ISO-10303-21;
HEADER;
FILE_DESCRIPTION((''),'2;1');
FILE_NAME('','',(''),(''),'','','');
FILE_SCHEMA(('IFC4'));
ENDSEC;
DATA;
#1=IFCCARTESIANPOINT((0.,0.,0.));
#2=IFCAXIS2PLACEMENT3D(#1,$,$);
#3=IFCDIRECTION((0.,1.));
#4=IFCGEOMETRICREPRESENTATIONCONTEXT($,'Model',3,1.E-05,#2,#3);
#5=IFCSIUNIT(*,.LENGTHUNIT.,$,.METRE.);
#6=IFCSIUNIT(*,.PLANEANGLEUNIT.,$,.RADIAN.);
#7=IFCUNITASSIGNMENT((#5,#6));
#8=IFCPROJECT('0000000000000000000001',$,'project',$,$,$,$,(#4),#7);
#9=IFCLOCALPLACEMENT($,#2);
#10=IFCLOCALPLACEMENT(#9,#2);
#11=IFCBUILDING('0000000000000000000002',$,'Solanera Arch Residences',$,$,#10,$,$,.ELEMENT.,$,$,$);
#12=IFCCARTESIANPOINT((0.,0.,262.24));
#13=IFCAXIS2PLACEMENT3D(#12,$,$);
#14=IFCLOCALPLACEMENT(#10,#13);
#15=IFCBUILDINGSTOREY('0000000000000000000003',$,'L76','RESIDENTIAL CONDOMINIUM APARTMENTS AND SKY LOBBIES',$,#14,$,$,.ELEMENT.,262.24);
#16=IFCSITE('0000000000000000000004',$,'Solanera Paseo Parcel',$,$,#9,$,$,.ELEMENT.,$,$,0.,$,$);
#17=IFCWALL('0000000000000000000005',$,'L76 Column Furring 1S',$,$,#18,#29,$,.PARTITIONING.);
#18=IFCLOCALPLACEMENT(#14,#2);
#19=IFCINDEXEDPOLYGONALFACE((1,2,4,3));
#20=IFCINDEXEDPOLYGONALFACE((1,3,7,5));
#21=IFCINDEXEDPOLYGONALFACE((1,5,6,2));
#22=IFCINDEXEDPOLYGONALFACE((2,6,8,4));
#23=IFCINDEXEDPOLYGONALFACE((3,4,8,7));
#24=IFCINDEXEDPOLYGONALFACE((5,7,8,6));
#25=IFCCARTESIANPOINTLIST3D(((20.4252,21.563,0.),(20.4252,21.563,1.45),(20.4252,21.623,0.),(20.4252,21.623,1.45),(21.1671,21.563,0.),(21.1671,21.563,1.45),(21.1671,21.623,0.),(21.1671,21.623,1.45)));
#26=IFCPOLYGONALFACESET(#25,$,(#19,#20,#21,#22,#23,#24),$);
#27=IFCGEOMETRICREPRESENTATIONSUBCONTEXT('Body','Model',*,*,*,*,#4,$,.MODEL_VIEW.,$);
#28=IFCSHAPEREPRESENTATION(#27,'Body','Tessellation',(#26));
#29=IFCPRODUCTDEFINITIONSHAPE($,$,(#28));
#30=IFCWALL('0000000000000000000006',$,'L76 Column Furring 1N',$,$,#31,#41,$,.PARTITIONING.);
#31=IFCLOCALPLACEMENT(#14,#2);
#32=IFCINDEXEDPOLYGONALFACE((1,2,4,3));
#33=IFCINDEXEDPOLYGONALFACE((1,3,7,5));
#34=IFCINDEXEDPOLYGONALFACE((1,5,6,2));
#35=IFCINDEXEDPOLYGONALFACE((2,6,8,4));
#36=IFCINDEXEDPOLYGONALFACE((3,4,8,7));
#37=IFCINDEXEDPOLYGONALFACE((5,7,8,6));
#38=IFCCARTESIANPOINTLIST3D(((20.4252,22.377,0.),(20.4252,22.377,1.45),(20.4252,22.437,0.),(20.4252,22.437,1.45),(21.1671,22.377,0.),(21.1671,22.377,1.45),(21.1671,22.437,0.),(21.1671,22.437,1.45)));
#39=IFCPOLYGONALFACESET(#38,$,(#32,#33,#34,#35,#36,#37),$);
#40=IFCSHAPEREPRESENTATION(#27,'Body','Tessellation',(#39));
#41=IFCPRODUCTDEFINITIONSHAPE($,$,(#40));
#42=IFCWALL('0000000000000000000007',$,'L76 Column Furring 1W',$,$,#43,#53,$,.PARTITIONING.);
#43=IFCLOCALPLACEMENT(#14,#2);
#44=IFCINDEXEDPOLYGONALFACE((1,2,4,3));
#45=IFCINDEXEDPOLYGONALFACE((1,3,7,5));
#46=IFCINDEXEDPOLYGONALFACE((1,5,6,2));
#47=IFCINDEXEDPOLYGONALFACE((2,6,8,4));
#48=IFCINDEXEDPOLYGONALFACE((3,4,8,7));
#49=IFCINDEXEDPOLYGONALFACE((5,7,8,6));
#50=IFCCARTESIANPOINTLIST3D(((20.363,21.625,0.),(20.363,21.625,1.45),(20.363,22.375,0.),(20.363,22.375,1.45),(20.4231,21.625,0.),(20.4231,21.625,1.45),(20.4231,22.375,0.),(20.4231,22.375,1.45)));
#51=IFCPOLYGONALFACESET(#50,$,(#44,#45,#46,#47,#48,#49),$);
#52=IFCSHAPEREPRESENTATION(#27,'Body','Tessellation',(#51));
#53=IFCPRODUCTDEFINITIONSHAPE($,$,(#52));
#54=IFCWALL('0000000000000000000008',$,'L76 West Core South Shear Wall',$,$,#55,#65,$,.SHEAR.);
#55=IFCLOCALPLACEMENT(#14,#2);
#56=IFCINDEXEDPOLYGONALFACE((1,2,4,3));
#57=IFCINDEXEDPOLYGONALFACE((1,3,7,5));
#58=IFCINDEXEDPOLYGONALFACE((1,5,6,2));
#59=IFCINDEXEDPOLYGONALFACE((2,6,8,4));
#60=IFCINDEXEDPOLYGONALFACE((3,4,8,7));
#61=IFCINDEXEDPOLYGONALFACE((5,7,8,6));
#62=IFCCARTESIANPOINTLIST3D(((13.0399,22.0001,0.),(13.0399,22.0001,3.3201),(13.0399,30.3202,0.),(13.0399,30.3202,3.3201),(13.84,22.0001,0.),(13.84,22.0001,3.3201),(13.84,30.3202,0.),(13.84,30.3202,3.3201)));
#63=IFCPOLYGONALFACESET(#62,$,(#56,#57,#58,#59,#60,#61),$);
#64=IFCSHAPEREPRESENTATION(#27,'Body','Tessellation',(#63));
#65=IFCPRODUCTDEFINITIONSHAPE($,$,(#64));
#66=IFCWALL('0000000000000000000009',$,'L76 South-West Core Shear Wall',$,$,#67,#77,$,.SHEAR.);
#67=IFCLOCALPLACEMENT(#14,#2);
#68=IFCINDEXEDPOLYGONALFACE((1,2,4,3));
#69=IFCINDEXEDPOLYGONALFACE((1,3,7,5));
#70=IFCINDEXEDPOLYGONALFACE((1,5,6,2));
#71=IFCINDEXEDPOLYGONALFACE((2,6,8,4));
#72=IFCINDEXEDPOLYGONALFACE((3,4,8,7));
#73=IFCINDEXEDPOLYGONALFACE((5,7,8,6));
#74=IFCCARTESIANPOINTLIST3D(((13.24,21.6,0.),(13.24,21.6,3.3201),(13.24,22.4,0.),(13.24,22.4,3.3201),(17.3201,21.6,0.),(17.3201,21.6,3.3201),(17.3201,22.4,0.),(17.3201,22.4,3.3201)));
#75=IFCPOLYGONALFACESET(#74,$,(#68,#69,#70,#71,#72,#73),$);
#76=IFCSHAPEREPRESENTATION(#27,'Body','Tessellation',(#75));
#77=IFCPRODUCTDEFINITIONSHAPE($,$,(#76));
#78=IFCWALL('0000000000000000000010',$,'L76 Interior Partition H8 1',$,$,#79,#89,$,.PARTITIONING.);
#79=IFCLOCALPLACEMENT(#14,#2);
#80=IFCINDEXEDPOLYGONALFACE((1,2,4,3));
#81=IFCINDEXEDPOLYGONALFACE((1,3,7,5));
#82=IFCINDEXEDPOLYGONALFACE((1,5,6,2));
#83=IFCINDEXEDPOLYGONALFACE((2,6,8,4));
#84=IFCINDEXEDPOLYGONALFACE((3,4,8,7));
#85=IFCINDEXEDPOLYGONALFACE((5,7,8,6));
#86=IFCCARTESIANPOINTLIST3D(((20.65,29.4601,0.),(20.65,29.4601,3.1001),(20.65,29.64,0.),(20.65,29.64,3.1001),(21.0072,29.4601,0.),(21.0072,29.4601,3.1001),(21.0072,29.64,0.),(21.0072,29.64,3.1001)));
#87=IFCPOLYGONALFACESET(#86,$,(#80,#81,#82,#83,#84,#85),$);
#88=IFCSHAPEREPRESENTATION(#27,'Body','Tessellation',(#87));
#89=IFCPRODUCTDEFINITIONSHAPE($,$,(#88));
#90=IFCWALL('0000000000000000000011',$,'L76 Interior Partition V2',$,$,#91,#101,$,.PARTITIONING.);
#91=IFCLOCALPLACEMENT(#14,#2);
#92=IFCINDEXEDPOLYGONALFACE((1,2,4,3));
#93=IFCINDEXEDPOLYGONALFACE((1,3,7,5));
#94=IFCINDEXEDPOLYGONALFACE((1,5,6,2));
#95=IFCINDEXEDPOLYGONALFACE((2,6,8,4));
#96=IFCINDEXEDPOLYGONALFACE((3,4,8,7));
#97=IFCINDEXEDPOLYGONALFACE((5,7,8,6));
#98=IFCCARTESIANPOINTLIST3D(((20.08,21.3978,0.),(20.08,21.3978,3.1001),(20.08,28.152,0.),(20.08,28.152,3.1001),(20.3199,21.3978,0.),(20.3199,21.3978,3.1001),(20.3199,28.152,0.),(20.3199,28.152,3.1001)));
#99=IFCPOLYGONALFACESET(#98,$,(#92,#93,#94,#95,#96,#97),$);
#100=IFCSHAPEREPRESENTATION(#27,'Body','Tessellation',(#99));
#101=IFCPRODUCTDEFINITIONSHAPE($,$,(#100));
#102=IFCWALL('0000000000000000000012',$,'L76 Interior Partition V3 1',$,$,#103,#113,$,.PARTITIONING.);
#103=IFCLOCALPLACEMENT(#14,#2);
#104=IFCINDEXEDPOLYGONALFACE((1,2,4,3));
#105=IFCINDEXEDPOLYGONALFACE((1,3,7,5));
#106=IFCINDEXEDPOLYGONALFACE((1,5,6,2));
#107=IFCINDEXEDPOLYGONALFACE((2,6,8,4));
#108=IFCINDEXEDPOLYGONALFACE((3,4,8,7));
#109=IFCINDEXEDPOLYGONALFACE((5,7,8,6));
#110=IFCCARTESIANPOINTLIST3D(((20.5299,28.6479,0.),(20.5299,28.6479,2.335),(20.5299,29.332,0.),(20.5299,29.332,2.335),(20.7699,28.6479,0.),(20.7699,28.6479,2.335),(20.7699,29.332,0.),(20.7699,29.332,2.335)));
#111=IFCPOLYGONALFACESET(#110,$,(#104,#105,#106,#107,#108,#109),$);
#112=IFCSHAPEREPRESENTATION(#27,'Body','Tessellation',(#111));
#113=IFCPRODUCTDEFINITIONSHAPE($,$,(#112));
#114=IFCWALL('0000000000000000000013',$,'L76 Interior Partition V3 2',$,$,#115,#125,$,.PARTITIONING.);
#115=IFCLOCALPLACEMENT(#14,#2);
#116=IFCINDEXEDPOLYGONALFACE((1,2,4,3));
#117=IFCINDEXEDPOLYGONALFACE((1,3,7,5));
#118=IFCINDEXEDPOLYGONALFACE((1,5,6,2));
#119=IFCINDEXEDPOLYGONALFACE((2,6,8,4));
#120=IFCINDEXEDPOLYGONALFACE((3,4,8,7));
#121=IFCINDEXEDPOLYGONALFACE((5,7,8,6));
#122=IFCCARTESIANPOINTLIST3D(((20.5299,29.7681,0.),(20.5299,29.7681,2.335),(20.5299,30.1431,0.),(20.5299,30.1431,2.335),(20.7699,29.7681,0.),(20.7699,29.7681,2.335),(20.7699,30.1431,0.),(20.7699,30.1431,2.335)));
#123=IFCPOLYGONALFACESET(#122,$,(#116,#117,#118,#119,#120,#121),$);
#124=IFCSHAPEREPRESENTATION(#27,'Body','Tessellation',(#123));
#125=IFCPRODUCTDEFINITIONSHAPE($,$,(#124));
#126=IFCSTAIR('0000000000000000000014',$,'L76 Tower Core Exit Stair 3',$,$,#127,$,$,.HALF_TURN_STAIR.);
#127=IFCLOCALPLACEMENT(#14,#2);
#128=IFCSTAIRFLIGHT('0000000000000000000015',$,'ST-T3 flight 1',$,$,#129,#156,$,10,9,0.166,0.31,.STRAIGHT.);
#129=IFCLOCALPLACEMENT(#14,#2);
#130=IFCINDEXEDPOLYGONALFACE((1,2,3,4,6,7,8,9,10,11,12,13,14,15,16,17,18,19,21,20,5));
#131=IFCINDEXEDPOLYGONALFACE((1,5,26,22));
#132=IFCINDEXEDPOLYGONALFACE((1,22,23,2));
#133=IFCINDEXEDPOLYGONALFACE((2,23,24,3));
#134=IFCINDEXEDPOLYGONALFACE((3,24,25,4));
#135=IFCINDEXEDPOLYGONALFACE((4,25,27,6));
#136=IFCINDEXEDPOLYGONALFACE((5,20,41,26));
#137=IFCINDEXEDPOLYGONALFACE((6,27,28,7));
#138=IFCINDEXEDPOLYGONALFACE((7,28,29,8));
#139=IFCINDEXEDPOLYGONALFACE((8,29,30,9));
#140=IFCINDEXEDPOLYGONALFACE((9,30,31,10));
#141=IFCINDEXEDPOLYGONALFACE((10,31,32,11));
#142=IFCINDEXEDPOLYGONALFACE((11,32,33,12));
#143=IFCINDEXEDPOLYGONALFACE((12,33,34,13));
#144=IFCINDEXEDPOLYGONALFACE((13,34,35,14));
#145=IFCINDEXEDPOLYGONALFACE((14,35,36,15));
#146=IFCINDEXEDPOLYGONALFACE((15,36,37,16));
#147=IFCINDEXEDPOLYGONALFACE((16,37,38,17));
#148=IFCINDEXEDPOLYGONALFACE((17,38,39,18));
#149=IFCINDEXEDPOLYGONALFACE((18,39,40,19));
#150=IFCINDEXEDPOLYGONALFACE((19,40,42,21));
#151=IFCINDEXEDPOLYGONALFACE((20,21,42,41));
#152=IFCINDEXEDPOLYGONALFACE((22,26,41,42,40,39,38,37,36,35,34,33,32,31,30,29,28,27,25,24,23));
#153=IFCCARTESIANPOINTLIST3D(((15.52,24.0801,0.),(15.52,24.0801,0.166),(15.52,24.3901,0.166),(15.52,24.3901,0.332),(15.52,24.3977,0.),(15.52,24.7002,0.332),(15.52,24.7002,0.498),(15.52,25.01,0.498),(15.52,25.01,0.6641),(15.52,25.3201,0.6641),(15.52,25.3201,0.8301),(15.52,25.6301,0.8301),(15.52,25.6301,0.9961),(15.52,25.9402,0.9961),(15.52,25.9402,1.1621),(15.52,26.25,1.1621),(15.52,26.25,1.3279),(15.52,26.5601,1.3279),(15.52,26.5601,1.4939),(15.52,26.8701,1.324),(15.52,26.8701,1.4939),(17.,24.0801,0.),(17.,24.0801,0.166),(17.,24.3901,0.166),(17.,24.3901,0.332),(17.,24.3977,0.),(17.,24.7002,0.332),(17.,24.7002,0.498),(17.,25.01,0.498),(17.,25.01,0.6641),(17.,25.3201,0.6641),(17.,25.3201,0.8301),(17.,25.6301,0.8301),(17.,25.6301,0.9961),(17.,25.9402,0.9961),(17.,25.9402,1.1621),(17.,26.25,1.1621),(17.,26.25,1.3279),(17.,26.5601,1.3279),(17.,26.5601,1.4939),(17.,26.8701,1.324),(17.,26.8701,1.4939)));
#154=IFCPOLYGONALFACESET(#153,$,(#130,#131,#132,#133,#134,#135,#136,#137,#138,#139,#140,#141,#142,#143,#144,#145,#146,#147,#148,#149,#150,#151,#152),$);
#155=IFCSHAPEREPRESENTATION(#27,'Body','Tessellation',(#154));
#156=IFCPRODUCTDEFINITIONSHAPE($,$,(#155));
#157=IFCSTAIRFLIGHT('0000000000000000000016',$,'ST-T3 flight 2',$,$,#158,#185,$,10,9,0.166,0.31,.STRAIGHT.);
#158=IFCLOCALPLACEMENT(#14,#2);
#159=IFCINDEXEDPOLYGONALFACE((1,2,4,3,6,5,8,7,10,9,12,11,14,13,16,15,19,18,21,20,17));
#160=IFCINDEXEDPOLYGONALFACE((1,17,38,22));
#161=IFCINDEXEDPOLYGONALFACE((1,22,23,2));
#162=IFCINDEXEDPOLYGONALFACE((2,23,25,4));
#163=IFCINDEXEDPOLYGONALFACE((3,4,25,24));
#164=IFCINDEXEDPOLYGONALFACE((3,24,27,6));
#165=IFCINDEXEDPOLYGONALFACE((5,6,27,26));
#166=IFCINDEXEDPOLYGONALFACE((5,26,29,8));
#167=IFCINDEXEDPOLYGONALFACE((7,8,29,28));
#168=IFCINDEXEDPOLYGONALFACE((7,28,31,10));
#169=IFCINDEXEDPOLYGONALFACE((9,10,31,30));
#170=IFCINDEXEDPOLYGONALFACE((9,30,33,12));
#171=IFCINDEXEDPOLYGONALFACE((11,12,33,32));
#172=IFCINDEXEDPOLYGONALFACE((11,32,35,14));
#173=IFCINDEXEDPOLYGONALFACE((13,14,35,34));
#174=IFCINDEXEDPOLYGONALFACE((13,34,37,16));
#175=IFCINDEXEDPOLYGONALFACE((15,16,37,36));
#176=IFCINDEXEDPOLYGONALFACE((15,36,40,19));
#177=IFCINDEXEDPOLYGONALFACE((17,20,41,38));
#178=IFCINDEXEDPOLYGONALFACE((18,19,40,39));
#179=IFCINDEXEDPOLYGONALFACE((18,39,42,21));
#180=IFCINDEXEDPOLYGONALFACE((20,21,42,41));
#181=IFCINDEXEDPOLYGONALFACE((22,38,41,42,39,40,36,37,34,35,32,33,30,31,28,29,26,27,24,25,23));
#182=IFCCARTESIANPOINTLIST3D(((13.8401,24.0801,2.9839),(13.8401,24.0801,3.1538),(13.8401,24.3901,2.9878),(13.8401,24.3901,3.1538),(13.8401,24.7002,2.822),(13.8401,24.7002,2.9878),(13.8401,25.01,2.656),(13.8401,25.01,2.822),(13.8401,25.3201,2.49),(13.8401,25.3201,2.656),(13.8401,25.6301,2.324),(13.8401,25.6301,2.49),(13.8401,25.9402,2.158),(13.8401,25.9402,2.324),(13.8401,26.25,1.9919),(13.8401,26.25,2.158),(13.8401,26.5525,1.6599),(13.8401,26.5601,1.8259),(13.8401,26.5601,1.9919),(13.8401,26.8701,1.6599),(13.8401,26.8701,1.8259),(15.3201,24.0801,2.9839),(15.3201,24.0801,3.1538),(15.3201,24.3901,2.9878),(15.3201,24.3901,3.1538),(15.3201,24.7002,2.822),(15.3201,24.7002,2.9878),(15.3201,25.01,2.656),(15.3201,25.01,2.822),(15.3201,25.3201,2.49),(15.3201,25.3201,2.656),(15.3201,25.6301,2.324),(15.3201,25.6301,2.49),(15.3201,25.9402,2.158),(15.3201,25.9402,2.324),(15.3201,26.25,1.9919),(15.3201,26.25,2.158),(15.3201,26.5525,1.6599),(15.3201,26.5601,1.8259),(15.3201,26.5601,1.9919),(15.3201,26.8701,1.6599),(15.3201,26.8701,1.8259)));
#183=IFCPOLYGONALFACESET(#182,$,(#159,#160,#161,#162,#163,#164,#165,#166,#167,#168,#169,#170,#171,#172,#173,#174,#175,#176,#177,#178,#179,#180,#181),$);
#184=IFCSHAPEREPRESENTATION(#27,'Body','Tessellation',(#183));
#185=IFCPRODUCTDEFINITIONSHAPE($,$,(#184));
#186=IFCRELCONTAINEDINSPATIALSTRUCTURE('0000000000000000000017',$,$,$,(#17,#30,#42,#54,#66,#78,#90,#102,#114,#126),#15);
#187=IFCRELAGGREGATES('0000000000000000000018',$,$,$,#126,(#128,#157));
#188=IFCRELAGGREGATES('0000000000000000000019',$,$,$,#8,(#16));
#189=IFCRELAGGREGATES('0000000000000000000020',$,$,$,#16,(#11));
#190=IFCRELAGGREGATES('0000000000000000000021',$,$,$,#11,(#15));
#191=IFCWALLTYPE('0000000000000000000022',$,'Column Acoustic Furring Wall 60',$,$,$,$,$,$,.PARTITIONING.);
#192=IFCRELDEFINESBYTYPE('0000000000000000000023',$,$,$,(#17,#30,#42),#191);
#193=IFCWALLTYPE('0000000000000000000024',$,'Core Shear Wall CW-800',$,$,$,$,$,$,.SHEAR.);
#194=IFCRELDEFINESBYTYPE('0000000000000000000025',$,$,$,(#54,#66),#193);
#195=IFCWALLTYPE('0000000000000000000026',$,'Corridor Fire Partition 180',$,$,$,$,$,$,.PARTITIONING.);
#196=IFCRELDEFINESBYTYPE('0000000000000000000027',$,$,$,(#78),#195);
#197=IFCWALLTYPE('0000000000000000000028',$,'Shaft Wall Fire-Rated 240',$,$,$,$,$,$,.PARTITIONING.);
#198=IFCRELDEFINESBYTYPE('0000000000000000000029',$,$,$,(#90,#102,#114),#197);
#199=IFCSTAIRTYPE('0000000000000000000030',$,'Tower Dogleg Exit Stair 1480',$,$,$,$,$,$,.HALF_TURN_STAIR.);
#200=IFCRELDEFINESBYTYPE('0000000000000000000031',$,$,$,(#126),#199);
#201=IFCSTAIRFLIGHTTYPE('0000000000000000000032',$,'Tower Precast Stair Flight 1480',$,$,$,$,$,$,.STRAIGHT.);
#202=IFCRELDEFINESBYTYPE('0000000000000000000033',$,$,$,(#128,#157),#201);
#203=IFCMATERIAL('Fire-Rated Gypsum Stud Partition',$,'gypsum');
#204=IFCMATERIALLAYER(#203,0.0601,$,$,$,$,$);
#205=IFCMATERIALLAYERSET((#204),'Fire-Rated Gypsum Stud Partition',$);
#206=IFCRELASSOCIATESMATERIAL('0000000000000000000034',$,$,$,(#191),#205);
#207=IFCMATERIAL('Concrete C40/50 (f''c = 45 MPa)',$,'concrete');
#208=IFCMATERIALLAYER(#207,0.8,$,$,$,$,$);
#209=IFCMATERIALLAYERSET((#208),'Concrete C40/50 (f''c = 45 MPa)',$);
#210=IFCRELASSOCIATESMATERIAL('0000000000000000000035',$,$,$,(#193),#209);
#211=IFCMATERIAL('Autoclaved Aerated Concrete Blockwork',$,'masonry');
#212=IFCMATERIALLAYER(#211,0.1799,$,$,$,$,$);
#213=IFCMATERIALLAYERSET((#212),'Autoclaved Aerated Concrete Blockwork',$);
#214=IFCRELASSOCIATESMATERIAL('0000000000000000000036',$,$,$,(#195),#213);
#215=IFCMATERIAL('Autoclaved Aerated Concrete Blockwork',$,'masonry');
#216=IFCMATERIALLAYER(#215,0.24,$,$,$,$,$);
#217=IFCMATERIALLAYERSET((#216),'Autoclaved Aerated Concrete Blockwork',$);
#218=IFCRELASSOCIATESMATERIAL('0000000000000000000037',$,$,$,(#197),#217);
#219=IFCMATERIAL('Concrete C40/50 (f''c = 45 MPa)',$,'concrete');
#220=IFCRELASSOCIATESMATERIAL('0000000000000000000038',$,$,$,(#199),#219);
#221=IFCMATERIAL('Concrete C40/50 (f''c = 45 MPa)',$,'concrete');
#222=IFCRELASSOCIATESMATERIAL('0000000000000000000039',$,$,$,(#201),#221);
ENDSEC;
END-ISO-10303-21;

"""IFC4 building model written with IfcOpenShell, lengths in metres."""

from ifc_helpers import new_model, si_unit, direction, frame, frame_2d, origin, place, context, subcontext, project, spatial, polyline, rectangle, outline, extrude, material, layer, layer_set, type_object, element, aggregate, save


model = new_model("IFC4")

# Units and contexts
model_context = context("Model", 3, precision=1e-05, world=origin(), true_north=direction((0.0, 1.0)))
body_context = subcontext(model_context, "Body", "Model", "MODEL_VIEW")
ifc_project = project(units=[si_unit("LENGTHUNIT", "METRE"), si_unit("PLANEANGLEUNIT", "RADIAN")], contexts=[model_context])

# Site, building, storey
site_placement = place(None, origin())
site = spatial("IfcSite", under=ifc_project, at=site_placement, Name="Solanera Paseo Parcel", CompositionType="ELEMENT", RefElevation=0.0)
building_placement = place(site_placement, origin())
building = spatial("IfcBuilding", under=site, at=building_placement, Name="Solanera Arch Residences", CompositionType="ELEMENT")
storey_placement = place(building_placement, frame((0.0, 0.0, 262.24)))
storey = spatial("IfcBuildingStorey", under=building, at=storey_placement, Name="L76", Description="RESIDENTIAL CONDOMINIUM APARTMENTS AND SKY LOBBIES", CompositionType="ELEMENT", Elevation=262.24)

# Walls
ifc_material_1 = material(Name="Fire-Rated Gypsum Stud Partition", Category="gypsum")
ifc_layer_1 = layer(ifc_material_1, 0.0601)
ifc_layer_set_1 = layer_set([ifc_layer_1], Name="Fire-Rated Gypsum Stud Partition")
wall_type_1 = type_object("IfcWallType", Name="Column Acoustic Furring Wall 60", PredefinedType="PARTITIONING", material=ifc_layer_set_1)
for number, where, z_axis, x_axis, name in (
    (1, (20.425, 21.593, 0.0), (0.0, 0.0, 1.0), (1.0, 0.0, 0.0), "L76 Column Furring 1S"),
    (2, (20.425, 22.407, 0.0), (0.0, 0.0, 1.0), (1.0, 0.0, 0.0), "L76 Column Furring 1N"),
):
    element("IfcWall", number, at=place(storey_placement, frame(where, z_axis=z_axis, x_axis=x_axis)), inside=storey, type_object=wall_type_1, Name=name, PredefinedType="PARTITIONING", context=body_context, shape_type="SweptSolid", body=[
        extrude(rectangle(XDim=0.7419, YDim=0.0601, at=frame_2d((0.3711, 0.0))), origin(), (0.0, 0.0, 1.0), 1.45),
    ])
wall_1_placement = place(storey_placement, frame((20.3931, 21.625, 0.0), z_axis=(0.0, 0.0, 1.0), x_axis=(0.0, 1.0, 0.0)))
element("IfcWall", 3, at=wall_1_placement, inside=storey, type_object=wall_type_1, Name="L76 Column Furring 1W", PredefinedType="PARTITIONING", context=body_context, shape_type="SweptSolid", body=[
    extrude(rectangle(XDim=0.75, YDim=0.0601, at=frame_2d((0.375, 0.0))), origin(), (0.0, 0.0, 1.0), 1.45),
])

# Walls
ifc_material_2 = material(Name="Concrete C40/50 (f'c = 45 MPa)", Category="concrete")
ifc_layer_2 = layer(ifc_material_2, 0.8)
ifc_layer_set_2 = layer_set([ifc_layer_2], Name="Concrete C40/50 (f'c = 45 MPa)")
wall_type_2 = type_object("IfcWallType", Name="Core Shear Wall CW-800", PredefinedType="SHEAR", material=ifc_layer_set_2)
wall_2_placement = place(storey_placement, frame((13.4399, 22.0, 0.0), z_axis=(0.0, 0.0, 1.0), x_axis=(0.0, 1.0, 0.0)))
element("IfcWall", 4, at=wall_2_placement, inside=storey, type_object=wall_type_2, Name="L76 West Core South Shear Wall", PredefinedType="SHEAR", context=body_context, shape_type="SweptSolid", body=[
    extrude(rectangle(XDim=8.3201, YDim=0.8, at=frame_2d((4.1602, 0.0))), origin(), (0.0, 0.0, 1.0), 3.3201),
])
wall_3_placement = place(storey_placement, frame((13.24, 22.0, 0.0), z_axis=(0.0, 0.0, 1.0), x_axis=(1.0, 0.0, 0.0)))
element("IfcWall", 5, at=wall_3_placement, inside=storey, type_object=wall_type_2, Name="L76 South-West Core Shear Wall", PredefinedType="SHEAR", context=body_context, shape_type="SweptSolid", body=[
    extrude(rectangle(XDim=4.0801, YDim=0.8, at=frame_2d((2.04, 0.0))), origin(), (0.0, 0.0, 1.0), 3.3201),
])
ifc_material_3 = material(Name="Autoclaved Aerated Concrete Blockwork", Category="masonry")
ifc_layer_3 = layer(ifc_material_3, 0.1799)
ifc_layer_set_3 = layer_set([ifc_layer_3], Name="Autoclaved Aerated Concrete Blockwork")
wall_type_3 = type_object("IfcWallType", Name="Corridor Fire Partition 180", PredefinedType="PARTITIONING", material=ifc_layer_set_3)
wall_4_placement = place(storey_placement, frame((20.6499, 29.55, 0.0), z_axis=(0.0, 0.0, 1.0), x_axis=(1.0, 0.0, 0.0)))
element("IfcWall", 6, at=wall_4_placement, inside=storey, type_object=wall_type_3, Name="L76 Interior Partition H8 1", PredefinedType="PARTITIONING", context=body_context, shape_type="SweptSolid", body=[
    extrude(rectangle(XDim=0.3572, YDim=0.1799, at=frame_2d((0.1787, 0.0))), origin(), (0.0, 0.0, 1.0), 3.1001),
])

# Shared definitions
ifc_material_4 = material(Name="Autoclaved Aerated Concrete Blockwork", Category="masonry")
ifc_layer_4 = layer(ifc_material_4, 0.24)
ifc_layer_set_4 = layer_set([ifc_layer_4], Name="Autoclaved Aerated Concrete Blockwork")
wall_type_4 = type_object("IfcWallType", Name="Shaft Wall Fire-Rated 240", PredefinedType="PARTITIONING", material=ifc_layer_set_4)

# Walls
wall_5_placement = place(storey_placement, frame((20.2, 21.3979, 0.0), z_axis=(0.0, 0.0, 1.0), x_axis=(0.0, 1.0, 0.0)))
element("IfcWall", 7, at=wall_5_placement, inside=storey, type_object=wall_type_4, Name="L76 Interior Partition V2", PredefinedType="PARTITIONING", context=body_context, shape_type="SweptSolid", body=[
    extrude(rectangle(XDim=6.7542, YDim=0.24, at=frame_2d((3.377, 0.0))), origin(), (0.0, 0.0, 1.0), 3.1001),
])
wall_6_placement = place(storey_placement, frame((20.6499, 28.6479, 0.0), z_axis=(0.0, 0.0, 1.0), x_axis=(0.0, 1.0, 0.0)))
element("IfcWall", 8, at=wall_6_placement, inside=storey, type_object=wall_type_4, Name="L76 Interior Partition V3 1", PredefinedType="PARTITIONING", context=body_context, shape_type="SweptSolid", body=[
    extrude(rectangle(XDim=0.6841, YDim=0.24, at=frame_2d((0.342, 0.0))), origin(), (0.0, 0.0, 1.0), 2.335),
])
wall_7_placement = place(storey_placement, frame((20.6499, 29.7681, 0.0), z_axis=(0.0, 0.0, 1.0), x_axis=(0.0, 1.0, 0.0)))
element("IfcWall", 9, at=wall_7_placement, inside=storey, type_object=wall_type_4, Name="L76 Interior Partition V3 2", PredefinedType="PARTITIONING", context=body_context, shape_type="SweptSolid", body=[
    extrude(rectangle(XDim=0.375, YDim=0.24, at=frame_2d((0.1875, 0.0))), origin(), (0.0, 0.0, 1.0), 2.335),
])

# Stair, stair flights
ifc_material_5 = material(Name="Concrete C40/50 (f'c = 45 MPa)", Category="concrete")
stair_type = type_object("IfcStairType", Name="Tower Dogleg Exit Stair 1480", PredefinedType="HALF_TURN_STAIR", material=ifc_material_5)
stair_placement = place(storey_placement, origin())
stair = element("IfcStair", 10, at=stair_placement, inside=storey, type_object=stair_type, Name="L76 Tower Core Exit Stair 3", PredefinedType="HALF_TURN_STAIR")
ifc_material_6 = material(Name="Concrete C40/50 (f'c = 45 MPa)", Category="concrete")
stair_flight_type = type_object("IfcStairFlightType", Name="Tower Precast Stair Flight 1480", PredefinedType="STRAIGHT", material=ifc_material_6)
stair_flight_1_placement = place(storey_placement, frame((16.26, 24.0801, 0.0), z_axis=(0.0, 0.0, 1.0), x_axis=(0.0, 1.0, 0.0)))
stair_flight_1 = element("IfcStairFlight", 11, at=stair_flight_1_placement, type_object=stair_flight_type, Name="ST-T3 flight 1", NumberOfRisers=10, NumberOfTreads=9, PredefinedType="STRAIGHT", RiserHeight=0.166, TreadLength=0.31, context=body_context, shape_type="SweptSolid", body=[
    extrude(outline(polyline([(0.0, 0.0), (0.0, 0.166), (0.3101, 0.166), (0.3101, 0.332), (0.6201, 0.332), (0.6201, 0.498), (0.9299, 0.498), (0.9299, 0.6641), (1.24, 0.6641), (1.24, 0.8301), (1.55, 0.8301), (1.55, 0.9961), (1.8601, 0.9961), (1.8601, 1.1621), (2.1699, 1.1621), (2.1699, 1.3279), (2.48, 1.3279), (2.48, 1.4939), (2.79, 1.4939), (2.79, 1.6599), (2.79, 1.324), (0.3176, 0.0), (0.0, 0.0)])), frame((0.0, 0.74, 0.0), z_axis=(0.0, -1.0, 0.0), x_axis=(1.0, 0.0, 0.0)), (0.0, 0.0, 1.0), 1.48),
])
stair_flight_2_placement = place(storey_placement, frame((14.5801, 26.8701, 1.6599), z_axis=(0.0, 0.0, 1.0), x_axis=(0.0, -1.0, 0.0)))
stair_flight_2 = element("IfcStairFlight", 12, at=stair_flight_2_placement, type_object=stair_flight_type, Name="ST-T3 flight 2", NumberOfRisers=10, NumberOfTreads=9, PredefinedType="STRAIGHT", RiserHeight=0.166, TreadLength=0.31, context=body_context, shape_type="SweptSolid", body=[
    extrude(outline(polyline([(0.0, 0.0), (0.0, 0.166), (0.3101, 0.166), (0.3101, 0.332), (0.6201, 0.332), (0.6201, 0.498), (0.9299, 0.498), (0.9299, 0.6641), (1.24, 0.6641), (1.24, 0.8301), (1.55, 0.8301), (1.55, 0.9961), (1.8601, 0.9961), (1.8601, 1.1621), (2.1699, 1.1621), (2.1699, 1.3279), (2.48, 1.3279), (2.48, 1.4939), (2.79, 1.4939), (2.79, 1.6599), (2.79, 1.324), (0.3176, 0.0), (0.0, 0.0)])), frame((0.0, 0.74, 0.0), z_axis=(0.0, -1.0, 0.0), x_axis=(1.0, 0.0, 0.0)), (0.0, 0.0, 1.0), 1.48),
])
aggregate(stair, [stair_flight_1, stair_flight_2])

save(model, "model.ifc")
